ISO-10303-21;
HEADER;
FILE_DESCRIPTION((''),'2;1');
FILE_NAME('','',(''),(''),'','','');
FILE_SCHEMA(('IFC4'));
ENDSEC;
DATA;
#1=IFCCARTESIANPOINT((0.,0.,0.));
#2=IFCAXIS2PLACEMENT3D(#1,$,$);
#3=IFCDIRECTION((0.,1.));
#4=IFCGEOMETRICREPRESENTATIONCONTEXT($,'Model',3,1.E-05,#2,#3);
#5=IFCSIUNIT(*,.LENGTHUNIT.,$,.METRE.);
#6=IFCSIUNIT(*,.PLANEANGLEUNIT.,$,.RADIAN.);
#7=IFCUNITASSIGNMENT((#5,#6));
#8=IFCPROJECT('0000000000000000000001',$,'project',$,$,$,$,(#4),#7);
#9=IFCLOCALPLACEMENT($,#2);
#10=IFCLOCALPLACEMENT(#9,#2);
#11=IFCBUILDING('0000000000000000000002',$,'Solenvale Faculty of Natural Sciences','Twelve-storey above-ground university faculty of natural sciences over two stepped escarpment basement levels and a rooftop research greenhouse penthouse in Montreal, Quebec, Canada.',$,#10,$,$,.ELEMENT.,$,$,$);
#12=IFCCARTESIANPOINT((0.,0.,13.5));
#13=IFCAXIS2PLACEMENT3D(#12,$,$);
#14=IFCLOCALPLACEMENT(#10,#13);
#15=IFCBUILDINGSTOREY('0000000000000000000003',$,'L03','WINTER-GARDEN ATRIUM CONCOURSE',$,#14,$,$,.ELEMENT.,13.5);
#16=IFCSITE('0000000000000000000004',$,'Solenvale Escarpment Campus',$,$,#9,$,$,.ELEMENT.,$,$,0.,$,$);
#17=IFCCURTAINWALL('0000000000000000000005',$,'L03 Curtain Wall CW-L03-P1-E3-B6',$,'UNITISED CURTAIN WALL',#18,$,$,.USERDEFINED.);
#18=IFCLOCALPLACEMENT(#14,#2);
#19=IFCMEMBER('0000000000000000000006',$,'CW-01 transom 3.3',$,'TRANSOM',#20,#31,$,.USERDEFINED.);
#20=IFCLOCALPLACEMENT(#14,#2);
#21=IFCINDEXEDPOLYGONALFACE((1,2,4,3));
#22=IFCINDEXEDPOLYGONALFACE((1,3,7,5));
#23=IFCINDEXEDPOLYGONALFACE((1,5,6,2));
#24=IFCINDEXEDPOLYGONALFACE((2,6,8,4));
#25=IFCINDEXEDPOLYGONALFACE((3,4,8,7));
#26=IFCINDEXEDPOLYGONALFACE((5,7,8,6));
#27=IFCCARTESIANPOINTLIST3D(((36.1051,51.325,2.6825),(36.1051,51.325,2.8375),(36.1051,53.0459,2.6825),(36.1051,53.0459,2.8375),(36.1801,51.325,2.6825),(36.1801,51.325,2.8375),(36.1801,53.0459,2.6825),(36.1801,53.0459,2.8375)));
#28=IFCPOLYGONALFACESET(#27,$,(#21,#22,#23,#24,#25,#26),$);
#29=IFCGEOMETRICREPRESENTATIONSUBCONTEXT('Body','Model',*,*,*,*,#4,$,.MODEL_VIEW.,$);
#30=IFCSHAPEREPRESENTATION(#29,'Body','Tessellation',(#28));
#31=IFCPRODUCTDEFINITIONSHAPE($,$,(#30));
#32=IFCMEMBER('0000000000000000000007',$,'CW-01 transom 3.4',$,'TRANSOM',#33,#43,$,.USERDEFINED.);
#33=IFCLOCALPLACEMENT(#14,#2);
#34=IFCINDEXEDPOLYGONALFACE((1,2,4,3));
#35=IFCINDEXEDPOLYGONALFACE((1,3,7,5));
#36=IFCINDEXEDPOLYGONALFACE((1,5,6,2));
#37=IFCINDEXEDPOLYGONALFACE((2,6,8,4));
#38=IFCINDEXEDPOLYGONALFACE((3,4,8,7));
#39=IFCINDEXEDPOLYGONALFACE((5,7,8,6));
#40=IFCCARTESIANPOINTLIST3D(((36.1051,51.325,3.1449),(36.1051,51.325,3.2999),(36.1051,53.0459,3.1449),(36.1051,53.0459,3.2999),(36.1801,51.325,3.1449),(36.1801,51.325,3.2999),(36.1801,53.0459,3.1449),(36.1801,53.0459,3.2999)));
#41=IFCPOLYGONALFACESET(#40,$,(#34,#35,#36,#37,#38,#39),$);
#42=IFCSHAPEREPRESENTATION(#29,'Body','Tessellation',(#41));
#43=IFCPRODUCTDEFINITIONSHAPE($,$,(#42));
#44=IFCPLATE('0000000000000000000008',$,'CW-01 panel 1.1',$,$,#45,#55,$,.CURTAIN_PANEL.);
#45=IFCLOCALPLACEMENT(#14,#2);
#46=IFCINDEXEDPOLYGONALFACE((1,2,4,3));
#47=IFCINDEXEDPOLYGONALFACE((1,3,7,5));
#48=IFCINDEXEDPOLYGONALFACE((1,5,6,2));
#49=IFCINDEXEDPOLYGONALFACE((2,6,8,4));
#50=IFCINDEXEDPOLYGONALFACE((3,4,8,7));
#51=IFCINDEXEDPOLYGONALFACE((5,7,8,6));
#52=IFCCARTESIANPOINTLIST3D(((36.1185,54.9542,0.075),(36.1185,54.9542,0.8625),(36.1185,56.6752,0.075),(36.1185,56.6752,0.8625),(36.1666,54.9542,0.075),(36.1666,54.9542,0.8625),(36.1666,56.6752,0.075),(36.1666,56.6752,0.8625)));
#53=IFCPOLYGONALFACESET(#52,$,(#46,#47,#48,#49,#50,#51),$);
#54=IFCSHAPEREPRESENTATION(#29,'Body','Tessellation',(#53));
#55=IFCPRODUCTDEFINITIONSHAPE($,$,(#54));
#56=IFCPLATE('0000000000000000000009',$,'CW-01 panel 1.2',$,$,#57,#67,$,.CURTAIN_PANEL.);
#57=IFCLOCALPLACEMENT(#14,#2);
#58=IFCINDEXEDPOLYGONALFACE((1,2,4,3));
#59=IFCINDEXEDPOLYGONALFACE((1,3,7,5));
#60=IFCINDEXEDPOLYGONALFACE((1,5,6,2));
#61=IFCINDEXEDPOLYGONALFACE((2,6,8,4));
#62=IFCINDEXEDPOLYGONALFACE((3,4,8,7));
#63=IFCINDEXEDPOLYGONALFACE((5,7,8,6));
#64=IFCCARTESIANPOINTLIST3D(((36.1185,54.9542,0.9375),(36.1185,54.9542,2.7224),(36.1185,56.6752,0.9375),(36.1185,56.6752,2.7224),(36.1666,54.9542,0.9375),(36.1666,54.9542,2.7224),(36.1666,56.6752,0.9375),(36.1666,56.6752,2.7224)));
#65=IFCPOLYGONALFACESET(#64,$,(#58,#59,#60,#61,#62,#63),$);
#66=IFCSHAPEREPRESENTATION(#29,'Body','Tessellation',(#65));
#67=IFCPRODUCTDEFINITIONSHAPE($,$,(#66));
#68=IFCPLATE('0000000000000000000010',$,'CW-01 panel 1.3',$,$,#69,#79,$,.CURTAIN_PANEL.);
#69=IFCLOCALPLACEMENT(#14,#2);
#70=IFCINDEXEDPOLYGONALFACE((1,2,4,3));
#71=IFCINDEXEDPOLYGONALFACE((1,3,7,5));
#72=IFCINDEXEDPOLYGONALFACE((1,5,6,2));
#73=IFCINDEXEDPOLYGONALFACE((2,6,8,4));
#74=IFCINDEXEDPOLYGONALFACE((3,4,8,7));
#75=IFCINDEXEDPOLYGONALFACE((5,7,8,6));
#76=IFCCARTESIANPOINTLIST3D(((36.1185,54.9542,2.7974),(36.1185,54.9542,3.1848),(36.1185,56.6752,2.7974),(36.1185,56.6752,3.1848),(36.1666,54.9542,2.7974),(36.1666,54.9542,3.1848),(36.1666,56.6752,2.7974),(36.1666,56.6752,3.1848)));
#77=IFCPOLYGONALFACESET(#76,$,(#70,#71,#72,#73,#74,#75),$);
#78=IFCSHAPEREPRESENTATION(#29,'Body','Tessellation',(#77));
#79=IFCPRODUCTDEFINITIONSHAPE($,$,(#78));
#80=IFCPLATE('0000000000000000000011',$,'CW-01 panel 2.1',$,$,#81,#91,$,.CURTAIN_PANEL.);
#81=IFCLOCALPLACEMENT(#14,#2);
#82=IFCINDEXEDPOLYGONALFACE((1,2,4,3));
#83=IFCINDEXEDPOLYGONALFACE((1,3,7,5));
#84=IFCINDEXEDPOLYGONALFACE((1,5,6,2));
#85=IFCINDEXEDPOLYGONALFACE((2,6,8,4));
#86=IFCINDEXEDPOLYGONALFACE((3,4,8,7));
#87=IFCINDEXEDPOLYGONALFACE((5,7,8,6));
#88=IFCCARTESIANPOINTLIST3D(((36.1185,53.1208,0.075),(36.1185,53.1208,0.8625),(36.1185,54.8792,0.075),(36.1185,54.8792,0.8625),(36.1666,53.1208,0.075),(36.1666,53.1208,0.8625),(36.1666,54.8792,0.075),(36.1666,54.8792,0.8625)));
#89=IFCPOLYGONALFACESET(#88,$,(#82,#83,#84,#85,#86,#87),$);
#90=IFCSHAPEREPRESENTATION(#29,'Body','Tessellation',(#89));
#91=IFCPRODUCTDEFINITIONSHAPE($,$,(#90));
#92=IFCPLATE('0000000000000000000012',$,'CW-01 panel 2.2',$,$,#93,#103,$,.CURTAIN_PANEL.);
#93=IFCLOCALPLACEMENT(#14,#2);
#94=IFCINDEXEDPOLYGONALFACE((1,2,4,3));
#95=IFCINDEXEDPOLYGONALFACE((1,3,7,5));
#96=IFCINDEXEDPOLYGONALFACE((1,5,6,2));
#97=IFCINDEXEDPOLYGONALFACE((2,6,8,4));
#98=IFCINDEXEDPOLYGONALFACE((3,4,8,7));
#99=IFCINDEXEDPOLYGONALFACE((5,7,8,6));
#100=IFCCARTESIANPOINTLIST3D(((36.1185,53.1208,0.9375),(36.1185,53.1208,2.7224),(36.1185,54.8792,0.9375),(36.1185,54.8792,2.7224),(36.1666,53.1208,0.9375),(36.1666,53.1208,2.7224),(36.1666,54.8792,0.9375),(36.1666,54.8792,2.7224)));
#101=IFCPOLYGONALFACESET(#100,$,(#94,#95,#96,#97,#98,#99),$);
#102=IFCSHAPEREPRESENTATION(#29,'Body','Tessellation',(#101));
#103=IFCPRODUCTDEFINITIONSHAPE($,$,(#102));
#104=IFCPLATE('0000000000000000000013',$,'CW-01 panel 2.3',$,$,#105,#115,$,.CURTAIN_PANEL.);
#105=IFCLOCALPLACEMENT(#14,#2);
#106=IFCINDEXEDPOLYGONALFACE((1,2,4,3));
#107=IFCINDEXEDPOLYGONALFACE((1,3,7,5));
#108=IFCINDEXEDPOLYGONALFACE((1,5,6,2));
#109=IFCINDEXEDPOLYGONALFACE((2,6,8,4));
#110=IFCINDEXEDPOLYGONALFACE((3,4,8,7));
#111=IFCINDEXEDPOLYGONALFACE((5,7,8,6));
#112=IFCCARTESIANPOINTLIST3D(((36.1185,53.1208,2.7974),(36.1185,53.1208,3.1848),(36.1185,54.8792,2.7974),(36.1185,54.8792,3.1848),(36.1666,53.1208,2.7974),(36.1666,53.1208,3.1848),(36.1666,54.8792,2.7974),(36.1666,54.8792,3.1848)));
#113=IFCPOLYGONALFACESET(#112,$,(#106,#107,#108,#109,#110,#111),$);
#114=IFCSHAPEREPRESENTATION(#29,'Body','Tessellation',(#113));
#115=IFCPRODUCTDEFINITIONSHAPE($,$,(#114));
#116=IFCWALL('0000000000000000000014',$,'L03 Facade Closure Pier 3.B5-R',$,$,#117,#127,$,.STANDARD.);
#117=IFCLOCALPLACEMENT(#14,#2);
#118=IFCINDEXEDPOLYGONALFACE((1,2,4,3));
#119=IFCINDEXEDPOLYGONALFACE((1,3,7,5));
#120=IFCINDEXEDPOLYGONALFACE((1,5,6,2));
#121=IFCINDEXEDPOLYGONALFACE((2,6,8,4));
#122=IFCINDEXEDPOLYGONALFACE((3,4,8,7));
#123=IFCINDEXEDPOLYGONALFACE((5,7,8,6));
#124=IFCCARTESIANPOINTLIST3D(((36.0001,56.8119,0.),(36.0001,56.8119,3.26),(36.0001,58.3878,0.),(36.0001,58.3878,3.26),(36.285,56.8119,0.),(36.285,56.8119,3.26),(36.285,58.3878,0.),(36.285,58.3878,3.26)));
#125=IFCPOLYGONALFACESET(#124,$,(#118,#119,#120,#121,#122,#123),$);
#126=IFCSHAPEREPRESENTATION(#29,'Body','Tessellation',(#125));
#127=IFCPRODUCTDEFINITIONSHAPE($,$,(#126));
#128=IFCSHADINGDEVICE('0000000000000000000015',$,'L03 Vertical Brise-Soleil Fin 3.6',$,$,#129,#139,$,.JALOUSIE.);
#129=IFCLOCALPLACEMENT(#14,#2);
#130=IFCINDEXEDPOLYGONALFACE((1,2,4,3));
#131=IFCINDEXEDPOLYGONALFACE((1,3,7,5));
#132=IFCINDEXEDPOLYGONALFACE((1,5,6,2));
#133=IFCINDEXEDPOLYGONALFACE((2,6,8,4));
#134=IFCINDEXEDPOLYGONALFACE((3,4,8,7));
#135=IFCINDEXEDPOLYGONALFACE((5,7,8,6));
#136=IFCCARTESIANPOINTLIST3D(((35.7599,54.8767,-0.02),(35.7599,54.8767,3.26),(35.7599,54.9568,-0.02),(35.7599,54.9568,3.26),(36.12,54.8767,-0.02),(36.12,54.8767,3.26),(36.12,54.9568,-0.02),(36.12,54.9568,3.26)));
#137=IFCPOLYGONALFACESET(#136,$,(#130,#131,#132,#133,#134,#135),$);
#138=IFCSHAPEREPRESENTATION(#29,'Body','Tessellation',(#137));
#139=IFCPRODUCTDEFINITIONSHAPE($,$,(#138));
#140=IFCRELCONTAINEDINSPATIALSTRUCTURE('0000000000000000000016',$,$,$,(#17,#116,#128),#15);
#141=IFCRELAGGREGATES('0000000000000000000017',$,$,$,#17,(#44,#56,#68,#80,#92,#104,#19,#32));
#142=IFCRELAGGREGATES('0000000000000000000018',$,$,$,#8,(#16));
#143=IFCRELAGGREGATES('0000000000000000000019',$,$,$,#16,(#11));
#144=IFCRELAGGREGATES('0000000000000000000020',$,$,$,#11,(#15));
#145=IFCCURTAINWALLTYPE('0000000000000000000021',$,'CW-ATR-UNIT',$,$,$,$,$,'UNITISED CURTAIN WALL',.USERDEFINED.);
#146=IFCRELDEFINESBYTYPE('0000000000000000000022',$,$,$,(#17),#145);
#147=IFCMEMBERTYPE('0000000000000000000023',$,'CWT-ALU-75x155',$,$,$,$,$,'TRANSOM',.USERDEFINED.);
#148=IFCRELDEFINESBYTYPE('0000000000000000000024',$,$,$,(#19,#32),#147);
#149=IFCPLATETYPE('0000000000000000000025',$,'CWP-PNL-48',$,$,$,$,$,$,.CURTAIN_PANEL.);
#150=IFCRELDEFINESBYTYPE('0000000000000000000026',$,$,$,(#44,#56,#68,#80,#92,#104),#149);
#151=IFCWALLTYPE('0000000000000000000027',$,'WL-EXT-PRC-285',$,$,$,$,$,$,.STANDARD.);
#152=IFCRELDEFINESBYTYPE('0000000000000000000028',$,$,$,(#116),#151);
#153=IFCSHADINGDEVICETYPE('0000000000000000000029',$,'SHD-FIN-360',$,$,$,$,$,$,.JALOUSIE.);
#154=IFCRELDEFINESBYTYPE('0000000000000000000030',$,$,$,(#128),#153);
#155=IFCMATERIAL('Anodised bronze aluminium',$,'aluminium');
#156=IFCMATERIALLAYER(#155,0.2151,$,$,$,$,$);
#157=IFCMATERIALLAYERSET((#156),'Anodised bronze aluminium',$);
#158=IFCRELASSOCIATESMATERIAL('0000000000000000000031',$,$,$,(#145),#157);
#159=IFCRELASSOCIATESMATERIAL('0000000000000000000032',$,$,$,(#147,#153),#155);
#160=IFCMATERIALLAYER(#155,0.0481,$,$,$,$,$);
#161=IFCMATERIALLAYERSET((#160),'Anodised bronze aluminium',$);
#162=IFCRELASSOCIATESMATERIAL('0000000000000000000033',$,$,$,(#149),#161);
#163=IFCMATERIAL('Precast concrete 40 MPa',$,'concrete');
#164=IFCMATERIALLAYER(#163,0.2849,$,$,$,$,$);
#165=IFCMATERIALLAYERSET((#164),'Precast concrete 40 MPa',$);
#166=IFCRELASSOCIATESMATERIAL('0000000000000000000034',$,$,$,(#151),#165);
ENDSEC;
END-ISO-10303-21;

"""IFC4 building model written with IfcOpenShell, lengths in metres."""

from ifc_helpers import new_model, si_unit, direction, frame, frame_2d, origin, origin_2d, place, context, subcontext, project, spatial, rectangle, extrude, material, layer, layer_set, material_profile, profile_set, type_object, element, aggregate, save


model = new_model("IFC4")

# Units and contexts
model_context = context("Model", 3, precision=1e-05, world=origin(), true_north=direction((0.0, 1.0)))
body_context = subcontext(model_context, "Body", "Model", "MODEL_VIEW")
ifc_project = project(units=[si_unit("LENGTHUNIT", "METRE"), si_unit("PLANEANGLEUNIT", "RADIAN")], contexts=[model_context])

# Site, building, storey
site_placement = place(None, origin())
site = spatial("IfcSite", under=ifc_project, at=site_placement, Name="Solenvale Escarpment Campus", CompositionType="ELEMENT", RefElevation=0.0)
building_placement = place(site_placement, origin())
building = spatial("IfcBuilding", under=site, at=building_placement, Name="Solenvale Faculty of Natural Sciences", Description="Twelve-storey above-ground university faculty of natural sciences over two stepped escarpment basement levels and a rooftop research greenhouse penthouse in Montreal, Quebec, Canada.", CompositionType="ELEMENT")
storey_placement = place(building_placement, frame((0.0, 0.0, 13.5)))
storey = spatial("IfcBuildingStorey", under=building, at=storey_placement, Name="L03", Description="WINTER-GARDEN ATRIUM CONCOURSE", CompositionType="ELEMENT", Elevation=13.5)

# Curtain wall, members, plates
ifc_material_1 = material(Name="Anodised bronze aluminium", Category="aluminium")
ifc_layer_1 = layer(ifc_material_1, 0.2151)
ifc_layer_set_1 = layer_set([ifc_layer_1], Name="Anodised bronze aluminium")
curtain_wall_type = type_object("IfcCurtainWallType", Name="CW-ATR-UNIT", ElementType="UNITISED CURTAIN WALL", PredefinedType="USERDEFINED", material=ifc_layer_set_1)
curtain_wall_placement = place(storey_placement, origin())
curtain_wall = element("IfcCurtainWall", 1, at=curtain_wall_placement, inside=storey, type_object=curtain_wall_type, Name="L03 Curtain Wall CW-L03-P1-E3-B6", ObjectType="UNITISED CURTAIN WALL", PredefinedType="USERDEFINED")
ifc_material_profile_1 = material_profile(ifc_material_1, rectangle(XDim=0.075, YDim=0.155, at=origin_2d()), Name="ALU-TRN-75x155")
ifc_profile_set_1 = profile_set([ifc_material_profile_1], Name="Anodised bronze aluminium")
member_type_1 = type_object("IfcMemberType", Name="CWT-ALU-75x155", ElementType="TRANSOM", PredefinedType="USERDEFINED", material=ifc_profile_set_1)
member_1_placement = place(storey_placement, frame((36.1426, 53.0459, 2.76), z_axis=(0.0, -1.0, 0.0), x_axis=(1.0, 0.0, 0.0)))
member_1 = element("IfcMember", 2, at=member_1_placement, type_object=member_type_1, Name="CW-01 transom 3.3", ObjectType="TRANSOM", PredefinedType="USERDEFINED", context=body_context, shape_type="SweptSolid", body=[
    extrude(rectangle(XDim=0.075, YDim=0.155, at=origin_2d()), origin(), (0.0, 0.0, 1.0), 1.7209),
])
member_2_placement = place(storey_placement, frame((36.1426, 53.0459, 3.2224), z_axis=(0.0, -1.0, 0.0), x_axis=(1.0, 0.0, 0.0)))
member_2 = element("IfcMember", 3, at=member_2_placement, type_object=member_type_1, Name="CW-01 transom 3.4", ObjectType="TRANSOM", PredefinedType="USERDEFINED", context=body_context, shape_type="SweptSolid", body=[
    extrude(rectangle(XDim=0.075, YDim=0.155, at=origin_2d()), origin(), (0.0, 0.0, 1.0), 1.7209),
])
ifc_layer_2 = layer(ifc_material_1, 0.0481)
ifc_layer_set_2 = layer_set([ifc_layer_2], Name="Anodised bronze aluminium")
plate_type = type_object("IfcPlateType", Name="CWP-PNL-48", PredefinedType="CURTAIN_PANEL", material=ifc_layer_set_2)
plate_1_placement = place(storey_placement, frame((36.1426, 55.8147, 0.075), z_axis=(0.0, 0.0, 1.0), x_axis=(0.0, -1.0, 0.0)))
plate_1 = element("IfcPlate", 4, at=plate_1_placement, type_object=plate_type, Name="CW-01 panel 1.1", PredefinedType="CURTAIN_PANEL", context=body_context, shape_type="SweptSolid", body=[
    extrude(rectangle(XDim=1.7209, YDim=0.0481, at=origin_2d()), origin(), (0.0, 0.0, 1.0), 0.7876),
])
plate_2_placement = place(storey_placement, frame((36.1426, 55.8147, 0.9375), z_axis=(0.0, 0.0, 1.0), x_axis=(0.0, -1.0, 0.0)))
plate_2 = element("IfcPlate", 5, at=plate_2_placement, type_object=plate_type, Name="CW-01 panel 1.2", PredefinedType="CURTAIN_PANEL", context=body_context, shape_type="SweptSolid", body=[
    extrude(rectangle(XDim=1.7209, YDim=0.0481, at=origin_2d()), origin(), (0.0, 0.0, 1.0), 1.7849),
])
plate_3_placement = place(storey_placement, frame((36.1426, 55.8147, 2.7974), z_axis=(0.0, 0.0, 1.0), x_axis=(0.0, -1.0, 0.0)))
plate_3 = element("IfcPlate", 6, at=plate_3_placement, type_object=plate_type, Name="CW-01 panel 1.3", PredefinedType="CURTAIN_PANEL", context=body_context, shape_type="SweptSolid", body=[
    extrude(rectangle(XDim=1.7209, YDim=0.0481, at=origin_2d()), origin(), (0.0, 0.0, 1.0), 0.3875),
])
plate_4_placement = place(storey_placement, frame((36.1426, 54.0, 0.075), z_axis=(0.0, 0.0, 1.0), x_axis=(0.0, -1.0, 0.0)))
plate_4 = element("IfcPlate", 7, at=plate_4_placement, type_object=plate_type, Name="CW-01 panel 2.1", PredefinedType="CURTAIN_PANEL", context=body_context, shape_type="SweptSolid", body=[
    extrude(rectangle(XDim=1.7583, YDim=0.0481, at=origin_2d()), origin(), (0.0, 0.0, 1.0), 0.7876),
])
plate_5_placement = place(storey_placement, frame((36.1426, 54.0, 0.9375), z_axis=(0.0, 0.0, 1.0), x_axis=(0.0, -1.0, 0.0)))
plate_5 = element("IfcPlate", 8, at=plate_5_placement, type_object=plate_type, Name="CW-01 panel 2.2", PredefinedType="CURTAIN_PANEL", context=body_context, shape_type="SweptSolid", body=[
    extrude(rectangle(XDim=1.7583, YDim=0.0481, at=origin_2d()), origin(), (0.0, 0.0, 1.0), 1.7849),
])
plate_6_placement = place(storey_placement, frame((36.1426, 54.0, 2.7974), z_axis=(0.0, 0.0, 1.0), x_axis=(0.0, -1.0, 0.0)))
plate_6 = element("IfcPlate", 9, at=plate_6_placement, type_object=plate_type, Name="CW-01 panel 2.3", PredefinedType="CURTAIN_PANEL", context=body_context, shape_type="SweptSolid", body=[
    extrude(rectangle(XDim=1.7583, YDim=0.0481, at=origin_2d()), origin(), (0.0, 0.0, 1.0), 0.3875),
])
aggregate(curtain_wall, [plate_1, plate_2, plate_3, plate_4, plate_5, plate_6, member_1, member_2])

# Wall
ifc_material_2 = material(Name="Precast concrete 40 MPa", Category="concrete")
ifc_layer_3 = layer(ifc_material_2, 0.2849)
ifc_layer_set_3 = layer_set([ifc_layer_3], Name="Precast concrete 40 MPa")
wall_type = type_object("IfcWallType", Name="WL-EXT-PRC-285", PredefinedType="STANDARD", material=ifc_layer_set_3)
wall_placement = place(storey_placement, frame((36.1426, 58.3879, 0.0), z_axis=(0.0, 0.0, 1.0), x_axis=(0.0, -1.0, 0.0)))
element("IfcWall", 10, at=wall_placement, inside=storey, type_object=wall_type, Name="L03 Facade Closure Pier 3.B5-R", PredefinedType="STANDARD", context=body_context, shape_type="SweptSolid", body=[
    extrude(rectangle(XDim=1.5759, YDim=0.2849, at=frame_2d((0.7881, 0.0))), origin(), (0.0, 0.0, 1.0), 3.26),
])

# Shading device
ifc_material_profile_2 = material_profile(ifc_material_1, rectangle(XDim=0.0801, YDim=0.3601, at=origin_2d()), Name="ALU-FIN-80x360")
ifc_profile_set_2 = profile_set([ifc_material_profile_2], Name="Anodised bronze aluminium")
shading_device_type = type_object("IfcShadingDeviceType", Name="SHD-FIN-360", PredefinedType="JALOUSIE", material=ifc_profile_set_2)
shading_device_placement = place(storey_placement, frame((35.9399, 54.9167, -0.02), z_axis=(0.0, 0.0, 1.0), x_axis=(0.0, 1.0, 0.0)))
element("IfcShadingDevice", 11, at=shading_device_placement, inside=storey, type_object=shading_device_type, Name="L03 Vertical Brise-Soleil Fin 3.6", PredefinedType="JALOUSIE", context=body_context, shape_type="SweptSolid", body=[
    extrude(rectangle(XDim=0.0801, YDim=0.3601, at=origin_2d()), origin(), (0.0, 0.0, 1.0), 3.28),
])

save(model, "model.ifc")
